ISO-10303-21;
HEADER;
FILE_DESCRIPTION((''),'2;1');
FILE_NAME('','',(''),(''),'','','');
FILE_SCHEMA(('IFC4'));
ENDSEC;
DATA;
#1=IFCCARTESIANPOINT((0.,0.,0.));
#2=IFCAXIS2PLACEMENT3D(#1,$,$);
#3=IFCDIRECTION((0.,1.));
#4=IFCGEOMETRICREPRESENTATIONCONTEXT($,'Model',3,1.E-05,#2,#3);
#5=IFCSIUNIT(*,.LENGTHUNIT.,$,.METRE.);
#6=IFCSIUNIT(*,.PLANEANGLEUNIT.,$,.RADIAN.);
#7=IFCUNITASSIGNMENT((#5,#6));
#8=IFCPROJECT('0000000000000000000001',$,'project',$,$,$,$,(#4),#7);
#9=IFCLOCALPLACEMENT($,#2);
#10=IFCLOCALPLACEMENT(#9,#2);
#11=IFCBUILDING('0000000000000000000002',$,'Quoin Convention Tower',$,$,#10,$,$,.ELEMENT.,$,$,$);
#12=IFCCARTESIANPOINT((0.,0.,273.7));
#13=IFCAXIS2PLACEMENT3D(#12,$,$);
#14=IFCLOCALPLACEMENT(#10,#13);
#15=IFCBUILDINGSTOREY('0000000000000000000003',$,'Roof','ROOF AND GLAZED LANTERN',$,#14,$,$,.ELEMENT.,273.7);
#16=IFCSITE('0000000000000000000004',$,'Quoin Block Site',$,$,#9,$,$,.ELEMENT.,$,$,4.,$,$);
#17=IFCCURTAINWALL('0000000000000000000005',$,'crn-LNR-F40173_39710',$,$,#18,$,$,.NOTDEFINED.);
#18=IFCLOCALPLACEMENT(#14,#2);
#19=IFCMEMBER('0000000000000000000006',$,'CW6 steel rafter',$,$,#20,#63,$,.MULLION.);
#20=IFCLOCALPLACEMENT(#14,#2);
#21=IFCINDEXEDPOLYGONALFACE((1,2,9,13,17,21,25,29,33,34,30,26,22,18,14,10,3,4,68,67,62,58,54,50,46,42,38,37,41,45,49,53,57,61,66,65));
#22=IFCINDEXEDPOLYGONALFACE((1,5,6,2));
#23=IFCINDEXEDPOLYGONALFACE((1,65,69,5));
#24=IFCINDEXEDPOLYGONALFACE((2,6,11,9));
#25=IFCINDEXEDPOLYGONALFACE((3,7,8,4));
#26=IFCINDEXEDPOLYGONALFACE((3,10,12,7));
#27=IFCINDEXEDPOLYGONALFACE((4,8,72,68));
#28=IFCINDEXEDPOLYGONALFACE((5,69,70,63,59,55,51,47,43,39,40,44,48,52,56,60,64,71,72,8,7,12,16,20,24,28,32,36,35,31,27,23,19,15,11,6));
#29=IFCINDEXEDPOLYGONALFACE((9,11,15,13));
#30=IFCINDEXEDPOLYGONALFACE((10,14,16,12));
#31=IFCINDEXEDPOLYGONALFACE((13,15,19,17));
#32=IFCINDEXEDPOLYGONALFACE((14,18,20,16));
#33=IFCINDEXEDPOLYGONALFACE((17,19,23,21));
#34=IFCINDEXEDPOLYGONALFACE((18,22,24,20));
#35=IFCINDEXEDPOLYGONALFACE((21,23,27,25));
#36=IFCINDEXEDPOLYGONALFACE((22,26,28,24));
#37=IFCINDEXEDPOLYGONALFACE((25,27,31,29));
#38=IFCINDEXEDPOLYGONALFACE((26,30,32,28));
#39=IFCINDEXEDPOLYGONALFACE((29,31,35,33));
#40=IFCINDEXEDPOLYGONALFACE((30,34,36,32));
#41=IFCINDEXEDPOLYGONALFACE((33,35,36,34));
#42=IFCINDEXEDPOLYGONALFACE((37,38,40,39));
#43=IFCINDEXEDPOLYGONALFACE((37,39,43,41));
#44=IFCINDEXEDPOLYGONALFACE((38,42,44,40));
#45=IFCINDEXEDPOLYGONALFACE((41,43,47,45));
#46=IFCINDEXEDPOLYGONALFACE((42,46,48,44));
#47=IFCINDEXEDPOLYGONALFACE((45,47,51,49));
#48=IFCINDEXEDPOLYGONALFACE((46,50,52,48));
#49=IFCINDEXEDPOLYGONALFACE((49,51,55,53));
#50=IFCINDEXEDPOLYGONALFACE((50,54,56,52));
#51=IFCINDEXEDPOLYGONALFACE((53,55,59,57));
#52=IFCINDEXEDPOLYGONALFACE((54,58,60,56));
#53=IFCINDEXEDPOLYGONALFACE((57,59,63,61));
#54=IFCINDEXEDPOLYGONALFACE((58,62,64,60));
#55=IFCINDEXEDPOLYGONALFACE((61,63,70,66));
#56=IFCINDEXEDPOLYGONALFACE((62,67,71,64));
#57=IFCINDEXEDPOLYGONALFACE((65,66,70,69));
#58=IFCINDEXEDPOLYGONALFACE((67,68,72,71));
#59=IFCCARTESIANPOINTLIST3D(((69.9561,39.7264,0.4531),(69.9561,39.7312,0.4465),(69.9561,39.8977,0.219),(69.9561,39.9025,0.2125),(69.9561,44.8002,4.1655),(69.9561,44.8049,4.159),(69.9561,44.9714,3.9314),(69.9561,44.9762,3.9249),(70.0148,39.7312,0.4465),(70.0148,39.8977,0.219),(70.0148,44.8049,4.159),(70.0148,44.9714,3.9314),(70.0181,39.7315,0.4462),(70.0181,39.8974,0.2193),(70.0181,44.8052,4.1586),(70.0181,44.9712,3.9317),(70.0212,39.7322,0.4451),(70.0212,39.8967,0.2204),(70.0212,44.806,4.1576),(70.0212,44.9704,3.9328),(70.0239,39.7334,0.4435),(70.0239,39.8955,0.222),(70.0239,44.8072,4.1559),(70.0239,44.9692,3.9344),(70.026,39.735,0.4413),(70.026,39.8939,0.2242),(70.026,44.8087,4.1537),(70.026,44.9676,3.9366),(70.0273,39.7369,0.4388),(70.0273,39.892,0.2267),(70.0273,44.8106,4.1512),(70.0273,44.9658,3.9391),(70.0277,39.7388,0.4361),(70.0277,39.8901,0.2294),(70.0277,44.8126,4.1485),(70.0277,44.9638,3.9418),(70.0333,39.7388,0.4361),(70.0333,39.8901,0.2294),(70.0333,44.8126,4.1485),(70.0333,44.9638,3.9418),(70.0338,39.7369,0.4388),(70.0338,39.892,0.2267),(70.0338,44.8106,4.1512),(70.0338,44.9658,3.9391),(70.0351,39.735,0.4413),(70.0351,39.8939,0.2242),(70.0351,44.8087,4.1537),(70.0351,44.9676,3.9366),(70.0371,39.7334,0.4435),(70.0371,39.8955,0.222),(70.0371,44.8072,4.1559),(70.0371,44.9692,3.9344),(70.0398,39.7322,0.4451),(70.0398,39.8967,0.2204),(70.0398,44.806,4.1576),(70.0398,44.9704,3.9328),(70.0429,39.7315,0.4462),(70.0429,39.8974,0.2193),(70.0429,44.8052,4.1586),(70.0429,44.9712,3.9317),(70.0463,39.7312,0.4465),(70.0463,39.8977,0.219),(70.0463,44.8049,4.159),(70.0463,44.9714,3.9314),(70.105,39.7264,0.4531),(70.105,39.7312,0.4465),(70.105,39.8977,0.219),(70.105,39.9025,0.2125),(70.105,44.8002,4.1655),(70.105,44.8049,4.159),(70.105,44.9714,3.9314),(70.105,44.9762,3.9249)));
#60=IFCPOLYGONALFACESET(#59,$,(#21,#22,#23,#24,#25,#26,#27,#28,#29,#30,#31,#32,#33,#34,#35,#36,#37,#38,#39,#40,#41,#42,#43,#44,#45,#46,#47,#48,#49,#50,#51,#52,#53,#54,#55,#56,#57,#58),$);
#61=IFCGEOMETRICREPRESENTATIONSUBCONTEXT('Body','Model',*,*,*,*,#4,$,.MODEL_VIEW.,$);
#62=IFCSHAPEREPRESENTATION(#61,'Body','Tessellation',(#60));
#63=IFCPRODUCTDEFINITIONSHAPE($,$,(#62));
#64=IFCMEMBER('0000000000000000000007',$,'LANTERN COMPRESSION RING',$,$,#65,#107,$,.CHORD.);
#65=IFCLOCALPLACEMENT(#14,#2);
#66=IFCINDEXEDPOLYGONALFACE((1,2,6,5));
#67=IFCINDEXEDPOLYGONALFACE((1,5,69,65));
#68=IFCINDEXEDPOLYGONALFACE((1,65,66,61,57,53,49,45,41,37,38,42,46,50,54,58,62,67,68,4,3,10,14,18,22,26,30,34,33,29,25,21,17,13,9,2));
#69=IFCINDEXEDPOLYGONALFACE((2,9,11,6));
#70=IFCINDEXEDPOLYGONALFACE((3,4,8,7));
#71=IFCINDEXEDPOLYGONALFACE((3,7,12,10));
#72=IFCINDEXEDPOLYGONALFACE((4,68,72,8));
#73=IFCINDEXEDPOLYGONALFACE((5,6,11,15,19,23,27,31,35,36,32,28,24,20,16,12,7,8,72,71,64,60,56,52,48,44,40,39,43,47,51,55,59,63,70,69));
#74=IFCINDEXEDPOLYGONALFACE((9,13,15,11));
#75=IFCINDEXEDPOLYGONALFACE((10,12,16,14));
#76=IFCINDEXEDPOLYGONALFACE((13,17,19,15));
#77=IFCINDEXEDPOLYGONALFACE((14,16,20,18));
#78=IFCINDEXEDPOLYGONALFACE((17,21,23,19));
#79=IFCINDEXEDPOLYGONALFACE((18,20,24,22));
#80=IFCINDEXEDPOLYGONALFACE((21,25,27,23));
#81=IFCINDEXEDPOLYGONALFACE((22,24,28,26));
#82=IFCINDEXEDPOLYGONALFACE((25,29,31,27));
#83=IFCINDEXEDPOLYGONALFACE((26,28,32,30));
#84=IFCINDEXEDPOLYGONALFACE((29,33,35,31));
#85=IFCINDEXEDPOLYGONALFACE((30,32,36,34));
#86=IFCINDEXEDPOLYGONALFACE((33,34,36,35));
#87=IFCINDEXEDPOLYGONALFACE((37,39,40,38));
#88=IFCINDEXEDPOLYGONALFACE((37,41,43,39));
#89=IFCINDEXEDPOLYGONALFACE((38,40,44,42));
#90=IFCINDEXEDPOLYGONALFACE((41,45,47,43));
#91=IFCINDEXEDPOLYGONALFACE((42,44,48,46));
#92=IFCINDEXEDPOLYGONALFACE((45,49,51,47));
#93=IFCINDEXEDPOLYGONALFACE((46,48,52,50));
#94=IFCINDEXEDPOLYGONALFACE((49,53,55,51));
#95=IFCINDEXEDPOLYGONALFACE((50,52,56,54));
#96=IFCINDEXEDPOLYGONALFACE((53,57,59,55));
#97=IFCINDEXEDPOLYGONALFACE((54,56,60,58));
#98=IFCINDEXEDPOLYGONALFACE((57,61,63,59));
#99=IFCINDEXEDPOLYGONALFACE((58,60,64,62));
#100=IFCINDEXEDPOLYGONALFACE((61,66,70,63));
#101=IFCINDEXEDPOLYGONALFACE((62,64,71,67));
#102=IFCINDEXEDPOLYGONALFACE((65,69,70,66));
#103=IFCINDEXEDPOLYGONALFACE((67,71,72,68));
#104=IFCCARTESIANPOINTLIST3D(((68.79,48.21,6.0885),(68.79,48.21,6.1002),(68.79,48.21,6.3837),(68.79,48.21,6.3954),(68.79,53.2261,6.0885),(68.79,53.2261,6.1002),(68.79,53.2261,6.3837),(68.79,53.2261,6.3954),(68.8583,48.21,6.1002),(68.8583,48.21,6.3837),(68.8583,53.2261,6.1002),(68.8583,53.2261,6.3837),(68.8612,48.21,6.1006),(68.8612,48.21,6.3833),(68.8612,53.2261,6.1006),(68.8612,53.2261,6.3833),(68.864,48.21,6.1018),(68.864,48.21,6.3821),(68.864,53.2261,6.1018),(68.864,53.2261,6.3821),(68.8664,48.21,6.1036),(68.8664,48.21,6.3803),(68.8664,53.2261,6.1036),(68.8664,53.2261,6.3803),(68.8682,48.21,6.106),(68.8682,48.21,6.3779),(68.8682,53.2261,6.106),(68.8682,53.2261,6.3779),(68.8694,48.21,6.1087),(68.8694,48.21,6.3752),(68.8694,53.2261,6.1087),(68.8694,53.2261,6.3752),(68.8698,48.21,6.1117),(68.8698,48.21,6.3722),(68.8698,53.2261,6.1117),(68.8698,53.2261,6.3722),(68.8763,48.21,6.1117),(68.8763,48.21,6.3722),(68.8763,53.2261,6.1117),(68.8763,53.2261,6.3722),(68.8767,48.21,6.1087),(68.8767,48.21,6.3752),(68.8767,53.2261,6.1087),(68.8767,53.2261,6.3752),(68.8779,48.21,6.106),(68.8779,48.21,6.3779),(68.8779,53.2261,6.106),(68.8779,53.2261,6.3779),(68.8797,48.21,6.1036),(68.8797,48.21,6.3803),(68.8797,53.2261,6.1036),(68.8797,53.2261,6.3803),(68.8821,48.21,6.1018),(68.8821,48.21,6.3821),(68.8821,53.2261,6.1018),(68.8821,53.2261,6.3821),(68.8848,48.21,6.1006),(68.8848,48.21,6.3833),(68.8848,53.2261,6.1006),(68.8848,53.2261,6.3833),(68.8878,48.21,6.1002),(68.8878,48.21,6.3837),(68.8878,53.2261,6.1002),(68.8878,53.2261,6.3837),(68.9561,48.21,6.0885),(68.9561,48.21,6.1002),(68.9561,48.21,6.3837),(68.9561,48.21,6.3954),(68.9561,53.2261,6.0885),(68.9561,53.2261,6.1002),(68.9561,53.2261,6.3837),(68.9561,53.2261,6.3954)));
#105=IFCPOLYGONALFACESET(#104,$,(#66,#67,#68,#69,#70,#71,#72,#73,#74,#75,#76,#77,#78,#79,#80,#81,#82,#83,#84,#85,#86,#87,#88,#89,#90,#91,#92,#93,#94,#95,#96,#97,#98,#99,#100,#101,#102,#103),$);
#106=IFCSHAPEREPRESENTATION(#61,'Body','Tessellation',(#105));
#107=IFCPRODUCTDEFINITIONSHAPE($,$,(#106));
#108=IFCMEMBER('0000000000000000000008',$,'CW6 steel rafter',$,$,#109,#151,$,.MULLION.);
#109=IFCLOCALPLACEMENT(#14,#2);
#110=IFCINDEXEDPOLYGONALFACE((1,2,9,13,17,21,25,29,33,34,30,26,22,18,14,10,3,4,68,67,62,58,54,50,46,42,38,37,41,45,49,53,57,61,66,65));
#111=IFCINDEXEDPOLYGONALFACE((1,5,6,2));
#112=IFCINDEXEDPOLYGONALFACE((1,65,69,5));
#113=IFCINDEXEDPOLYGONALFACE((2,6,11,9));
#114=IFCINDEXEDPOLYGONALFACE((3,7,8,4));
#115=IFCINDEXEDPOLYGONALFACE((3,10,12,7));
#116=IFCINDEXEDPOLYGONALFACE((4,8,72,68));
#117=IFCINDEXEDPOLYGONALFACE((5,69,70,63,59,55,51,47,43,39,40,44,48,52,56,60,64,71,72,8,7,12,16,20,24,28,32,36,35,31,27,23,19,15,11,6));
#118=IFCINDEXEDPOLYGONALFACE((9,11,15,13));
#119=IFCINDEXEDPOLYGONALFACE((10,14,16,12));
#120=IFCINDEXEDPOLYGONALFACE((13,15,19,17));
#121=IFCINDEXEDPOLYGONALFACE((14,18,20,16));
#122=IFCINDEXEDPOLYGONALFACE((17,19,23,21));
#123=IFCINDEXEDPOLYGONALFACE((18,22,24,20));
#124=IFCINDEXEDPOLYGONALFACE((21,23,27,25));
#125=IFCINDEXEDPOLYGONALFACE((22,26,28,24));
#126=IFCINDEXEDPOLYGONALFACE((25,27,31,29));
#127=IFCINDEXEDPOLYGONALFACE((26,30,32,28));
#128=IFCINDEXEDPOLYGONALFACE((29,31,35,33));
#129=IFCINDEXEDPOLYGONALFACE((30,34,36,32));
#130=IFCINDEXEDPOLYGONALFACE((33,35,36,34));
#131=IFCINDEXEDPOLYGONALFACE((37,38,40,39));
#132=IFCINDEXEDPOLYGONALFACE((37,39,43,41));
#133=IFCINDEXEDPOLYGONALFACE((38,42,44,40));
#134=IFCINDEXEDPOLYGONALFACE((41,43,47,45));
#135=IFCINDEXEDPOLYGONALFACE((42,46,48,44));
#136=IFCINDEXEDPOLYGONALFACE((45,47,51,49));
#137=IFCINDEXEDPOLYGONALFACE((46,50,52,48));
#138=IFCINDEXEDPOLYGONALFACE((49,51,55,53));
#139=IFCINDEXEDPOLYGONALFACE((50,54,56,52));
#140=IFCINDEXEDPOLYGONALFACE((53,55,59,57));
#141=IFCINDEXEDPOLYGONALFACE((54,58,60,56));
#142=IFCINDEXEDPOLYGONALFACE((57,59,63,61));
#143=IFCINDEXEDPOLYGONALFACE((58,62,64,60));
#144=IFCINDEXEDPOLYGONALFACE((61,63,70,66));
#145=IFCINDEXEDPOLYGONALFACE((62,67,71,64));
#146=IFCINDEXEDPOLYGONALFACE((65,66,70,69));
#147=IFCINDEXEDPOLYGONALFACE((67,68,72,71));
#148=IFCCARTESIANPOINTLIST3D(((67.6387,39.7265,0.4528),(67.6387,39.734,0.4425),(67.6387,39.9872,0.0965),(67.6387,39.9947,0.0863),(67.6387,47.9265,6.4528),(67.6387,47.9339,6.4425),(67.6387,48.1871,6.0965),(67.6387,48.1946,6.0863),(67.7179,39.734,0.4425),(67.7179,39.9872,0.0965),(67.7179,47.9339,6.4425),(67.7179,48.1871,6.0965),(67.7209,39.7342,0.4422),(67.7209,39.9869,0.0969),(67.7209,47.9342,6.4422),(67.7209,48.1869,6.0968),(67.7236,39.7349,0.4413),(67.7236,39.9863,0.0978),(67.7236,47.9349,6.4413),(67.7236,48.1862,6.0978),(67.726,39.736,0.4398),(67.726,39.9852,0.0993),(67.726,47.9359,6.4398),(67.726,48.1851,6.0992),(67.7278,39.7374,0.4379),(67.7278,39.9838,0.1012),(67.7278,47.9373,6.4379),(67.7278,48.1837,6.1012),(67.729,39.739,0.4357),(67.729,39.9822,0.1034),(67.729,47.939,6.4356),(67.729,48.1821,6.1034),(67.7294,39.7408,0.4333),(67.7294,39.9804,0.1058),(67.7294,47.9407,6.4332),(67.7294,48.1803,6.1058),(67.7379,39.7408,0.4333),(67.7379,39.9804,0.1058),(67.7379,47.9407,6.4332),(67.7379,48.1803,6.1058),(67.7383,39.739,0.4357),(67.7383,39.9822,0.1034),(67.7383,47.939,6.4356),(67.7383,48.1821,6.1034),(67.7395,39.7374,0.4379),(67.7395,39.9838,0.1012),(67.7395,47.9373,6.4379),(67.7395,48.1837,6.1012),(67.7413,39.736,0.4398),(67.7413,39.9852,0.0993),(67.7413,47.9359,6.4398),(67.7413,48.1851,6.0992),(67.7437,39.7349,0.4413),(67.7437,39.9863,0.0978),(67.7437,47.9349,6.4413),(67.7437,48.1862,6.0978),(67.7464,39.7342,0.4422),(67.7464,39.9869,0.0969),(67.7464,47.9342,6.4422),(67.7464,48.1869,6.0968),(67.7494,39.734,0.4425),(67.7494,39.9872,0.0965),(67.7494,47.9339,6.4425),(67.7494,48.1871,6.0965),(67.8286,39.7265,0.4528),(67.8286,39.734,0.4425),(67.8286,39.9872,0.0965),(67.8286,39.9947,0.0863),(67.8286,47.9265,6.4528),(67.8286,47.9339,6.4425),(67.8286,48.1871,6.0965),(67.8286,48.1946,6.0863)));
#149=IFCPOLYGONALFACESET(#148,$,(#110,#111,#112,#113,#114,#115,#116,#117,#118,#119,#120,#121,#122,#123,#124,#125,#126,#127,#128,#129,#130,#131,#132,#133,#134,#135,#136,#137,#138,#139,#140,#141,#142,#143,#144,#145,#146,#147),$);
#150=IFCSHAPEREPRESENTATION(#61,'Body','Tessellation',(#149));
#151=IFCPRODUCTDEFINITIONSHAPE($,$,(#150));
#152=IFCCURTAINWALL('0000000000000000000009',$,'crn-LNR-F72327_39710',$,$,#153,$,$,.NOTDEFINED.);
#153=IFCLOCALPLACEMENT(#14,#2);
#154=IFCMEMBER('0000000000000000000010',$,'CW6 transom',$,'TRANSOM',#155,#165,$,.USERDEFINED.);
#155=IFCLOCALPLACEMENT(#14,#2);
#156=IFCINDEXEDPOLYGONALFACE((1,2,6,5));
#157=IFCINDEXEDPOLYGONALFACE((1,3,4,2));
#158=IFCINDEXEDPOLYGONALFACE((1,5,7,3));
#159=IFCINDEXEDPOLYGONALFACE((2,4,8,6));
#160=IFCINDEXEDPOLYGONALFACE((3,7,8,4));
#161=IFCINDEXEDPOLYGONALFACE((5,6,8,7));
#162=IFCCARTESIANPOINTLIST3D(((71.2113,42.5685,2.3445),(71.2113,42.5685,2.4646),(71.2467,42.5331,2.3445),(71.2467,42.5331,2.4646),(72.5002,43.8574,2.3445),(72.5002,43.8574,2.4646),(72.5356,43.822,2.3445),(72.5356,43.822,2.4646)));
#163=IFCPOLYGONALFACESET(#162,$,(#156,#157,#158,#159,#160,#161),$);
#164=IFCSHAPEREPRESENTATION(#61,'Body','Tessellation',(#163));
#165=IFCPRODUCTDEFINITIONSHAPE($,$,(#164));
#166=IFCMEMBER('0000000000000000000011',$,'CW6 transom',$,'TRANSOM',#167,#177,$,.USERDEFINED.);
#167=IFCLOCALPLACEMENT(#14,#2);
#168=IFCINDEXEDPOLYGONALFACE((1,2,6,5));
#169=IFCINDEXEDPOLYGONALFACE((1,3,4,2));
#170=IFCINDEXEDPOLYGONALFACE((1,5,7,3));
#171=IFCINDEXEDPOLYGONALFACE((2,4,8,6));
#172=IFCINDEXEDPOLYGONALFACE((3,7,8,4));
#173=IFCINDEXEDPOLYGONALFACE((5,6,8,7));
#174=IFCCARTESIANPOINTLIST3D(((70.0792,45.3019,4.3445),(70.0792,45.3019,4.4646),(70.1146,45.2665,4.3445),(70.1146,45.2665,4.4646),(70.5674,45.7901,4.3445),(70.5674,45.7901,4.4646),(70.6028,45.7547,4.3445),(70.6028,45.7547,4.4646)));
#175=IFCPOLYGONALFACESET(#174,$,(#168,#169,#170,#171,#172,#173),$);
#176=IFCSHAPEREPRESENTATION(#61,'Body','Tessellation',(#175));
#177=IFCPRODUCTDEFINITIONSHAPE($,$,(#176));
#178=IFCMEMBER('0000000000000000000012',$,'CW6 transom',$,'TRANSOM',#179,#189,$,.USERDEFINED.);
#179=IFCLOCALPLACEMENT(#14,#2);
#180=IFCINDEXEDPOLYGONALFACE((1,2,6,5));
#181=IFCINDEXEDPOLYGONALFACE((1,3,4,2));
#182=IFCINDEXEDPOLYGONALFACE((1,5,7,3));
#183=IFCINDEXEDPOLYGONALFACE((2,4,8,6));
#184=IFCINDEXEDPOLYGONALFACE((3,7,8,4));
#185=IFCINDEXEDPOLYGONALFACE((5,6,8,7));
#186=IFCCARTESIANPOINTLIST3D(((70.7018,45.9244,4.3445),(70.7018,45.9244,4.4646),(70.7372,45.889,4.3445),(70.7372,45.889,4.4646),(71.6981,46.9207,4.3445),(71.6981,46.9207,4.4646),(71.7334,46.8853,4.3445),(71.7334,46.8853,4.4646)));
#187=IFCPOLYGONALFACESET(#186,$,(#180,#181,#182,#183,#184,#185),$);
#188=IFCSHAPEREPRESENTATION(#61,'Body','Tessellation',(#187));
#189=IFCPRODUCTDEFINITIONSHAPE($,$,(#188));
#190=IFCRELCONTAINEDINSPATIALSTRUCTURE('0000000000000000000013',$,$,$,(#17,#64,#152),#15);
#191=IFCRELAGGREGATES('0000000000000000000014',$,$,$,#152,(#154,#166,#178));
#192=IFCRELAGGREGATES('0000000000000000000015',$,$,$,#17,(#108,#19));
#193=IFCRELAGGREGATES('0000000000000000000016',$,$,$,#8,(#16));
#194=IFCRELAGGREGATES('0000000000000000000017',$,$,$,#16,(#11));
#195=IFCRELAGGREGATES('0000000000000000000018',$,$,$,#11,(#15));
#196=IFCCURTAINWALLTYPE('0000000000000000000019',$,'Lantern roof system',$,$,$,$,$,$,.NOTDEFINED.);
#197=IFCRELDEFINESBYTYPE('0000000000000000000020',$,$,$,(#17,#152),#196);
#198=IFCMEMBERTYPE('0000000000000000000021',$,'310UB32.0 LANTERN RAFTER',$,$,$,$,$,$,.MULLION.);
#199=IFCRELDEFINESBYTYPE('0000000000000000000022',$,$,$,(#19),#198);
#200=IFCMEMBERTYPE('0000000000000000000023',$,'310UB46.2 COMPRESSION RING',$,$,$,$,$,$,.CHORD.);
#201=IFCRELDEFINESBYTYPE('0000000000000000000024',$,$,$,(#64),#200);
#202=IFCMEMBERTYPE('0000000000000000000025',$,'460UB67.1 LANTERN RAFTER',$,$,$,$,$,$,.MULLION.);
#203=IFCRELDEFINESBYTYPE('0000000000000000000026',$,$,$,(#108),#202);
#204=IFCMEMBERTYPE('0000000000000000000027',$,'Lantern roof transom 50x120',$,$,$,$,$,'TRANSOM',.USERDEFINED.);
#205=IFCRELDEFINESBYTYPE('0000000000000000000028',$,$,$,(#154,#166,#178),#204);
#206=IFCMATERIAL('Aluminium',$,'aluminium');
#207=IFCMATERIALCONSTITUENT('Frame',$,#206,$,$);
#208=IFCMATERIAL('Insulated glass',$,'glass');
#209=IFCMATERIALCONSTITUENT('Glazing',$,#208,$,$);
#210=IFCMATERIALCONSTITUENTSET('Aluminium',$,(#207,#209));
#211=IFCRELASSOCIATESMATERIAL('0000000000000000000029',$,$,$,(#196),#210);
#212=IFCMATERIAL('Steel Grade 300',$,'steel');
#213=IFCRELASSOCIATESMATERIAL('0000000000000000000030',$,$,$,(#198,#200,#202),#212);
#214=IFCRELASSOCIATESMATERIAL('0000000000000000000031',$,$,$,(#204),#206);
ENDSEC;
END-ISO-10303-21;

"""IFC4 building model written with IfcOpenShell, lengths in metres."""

from ifc_helpers import new_model, si_unit, direction, frame, origin, origin_2d, place, context, subcontext, project, spatial, rectangle, i_section, extrude, material, constituent, constituent_set, material_profile, profile_set, type_object, element, aggregate, save


model = new_model("IFC4")

# Units and contexts
model_context = context("Model", 3, precision=1e-05, world=origin(), true_north=direction((0.0, 1.0)))
body_context = subcontext(model_context, "Body", "Model", "MODEL_VIEW")
ifc_project = project(units=[si_unit("LENGTHUNIT", "METRE"), si_unit("PLANEANGLEUNIT", "RADIAN")], contexts=[model_context])

# Site, building, storey
site_placement = place(None, origin())
site = spatial("IfcSite", under=ifc_project, at=site_placement, Name="Quoin Block Site", CompositionType="ELEMENT", RefElevation=4.0)
building_placement = place(site_placement, origin())
building = spatial("IfcBuilding", under=site, at=building_placement, Name="Quoin Convention Tower", CompositionType="ELEMENT")
storey_placement = place(building_placement, frame((0.0, 0.0, 273.7)))
storey = spatial("IfcBuildingStorey", under=building, at=storey_placement, Name="Roof", Description="ROOF AND GLAZED LANTERN", CompositionType="ELEMENT", Elevation=273.7)

# Curtain wall, member
ifc_material_1 = material(Name="Aluminium", Category="aluminium")
ifc_constituent_1 = constituent(ifc_material_1, Name="Frame")
ifc_material_2 = material(Name="Insulated glass", Category="glass")
ifc_constituent_2 = constituent(ifc_material_2, Name="Glazing")
ifc_constituent_set = constituent_set(constituents=[ifc_constituent_1, ifc_constituent_2], Name="Aluminium")
curtain_wall_type = type_object("IfcCurtainWallType", Name="Lantern roof system", PredefinedType="NOTDEFINED", material=ifc_constituent_set)
curtain_wall_1_placement = place(storey_placement, origin())
curtain_wall_1 = element("IfcCurtainWall", 1, at=curtain_wall_1_placement, inside=storey, type_object=curtain_wall_type, Name="crn-LNR-F40173_39710", PredefinedType="NOTDEFINED")
ifc_material_3 = material(Name="Steel Grade 300", Category="steel")
ifc_material_profile_1 = material_profile(ifc_material_3, i_section(OverallWidth=0.1489, OverallDepth=0.2981, WebThickness=0.0056, FlangeThickness=0.0081, FilletRadius=0.0129, at=origin_2d()), Name="310UB32.0")
ifc_profile_set_1 = profile_set([ifc_material_profile_1], Name="Steel Grade 300")
member_type_1 = type_object("IfcMemberType", Name="310UB32.0 LANTERN RAFTER", PredefinedType="MULLION", material=ifc_profile_set_1)
member_1_placement = place(storey_placement, frame((70.0305, 39.8145, 0.3328), z_axis=(0.0, 0.807037, 0.590501), x_axis=(-1.0, 0.0, 0.0)))
member_1 = element("IfcMember", 2, at=member_1_placement, type_object=member_type_1, Name="CW6 steel rafter", PredefinedType="MULLION", context=body_context, shape_type="SweptSolid", body=[
    extrude(i_section(OverallWidth=0.1489, OverallDepth=0.2981, WebThickness=0.0056, FlangeThickness=0.0081, FilletRadius=0.0129, at=origin_2d()), origin(), (0.0, 0.0, 1.0), 6.2869),
])

# Members
ifc_material_profile_2 = material_profile(ifc_material_3, i_section(OverallWidth=0.166, OverallDepth=0.3069, WebThickness=0.0066, FlangeThickness=0.0117, FilletRadius=0.0115, at=origin_2d()), Name="310UB46.2")
ifc_profile_set_2 = profile_set([ifc_material_profile_2], Name="Steel Grade 300")
member_type_2 = type_object("IfcMemberType", Name="310UB46.2 COMPRESSION RING", PredefinedType="CHORD", material=ifc_profile_set_2)
member_2_placement = place(storey_placement, frame((68.873, 48.21, 6.2419), z_axis=(0.0, 1.0, 0.0), x_axis=(-1.0, 0.0, 0.0)))
element("IfcMember", 3, at=member_2_placement, inside=storey, type_object=member_type_2, Name="LANTERN COMPRESSION RING", PredefinedType="CHORD", context=body_context, shape_type="SweptSolid", body=[
    extrude(i_section(OverallWidth=0.166, OverallDepth=0.3069, WebThickness=0.0066, FlangeThickness=0.0117, FilletRadius=0.0115, at=origin_2d()), origin(), (0.0, 0.0, 1.0), 5.0161),
])
ifc_material_profile_3 = material_profile(ifc_material_3, i_section(OverallWidth=0.1899, OverallDepth=0.4541, WebThickness=0.0085, FlangeThickness=0.0127, FilletRadius=0.0115, at=origin_2d()), Name="460UB67.1")
ifc_profile_set_3 = profile_set([ifc_material_profile_3], Name="Steel Grade 300")
member_type_3 = type_object("IfcMemberType", Name="460UB67.1 LANTERN RAFTER", PredefinedType="MULLION", material=ifc_profile_set_3)
member_3_placement = place(storey_placement, frame((67.7336, 39.8606, 0.2695), z_axis=(0.0, 0.807029, 0.590512), x_axis=(-1.0, 0.0, 0.0)))
member_3 = element("IfcMember", 4, at=member_3_placement, type_object=member_type_3, Name="CW6 steel rafter", PredefinedType="MULLION", context=body_context, shape_type="SweptSolid", body=[
    extrude(i_section(OverallWidth=0.1899, OverallDepth=0.4541, WebThickness=0.0085, FlangeThickness=0.0127, FilletRadius=0.0115, at=origin_2d()), origin(), (0.0, 0.0, 1.0), 10.1606),
])

# Curtain wall, members
curtain_wall_2_placement = place(storey_placement, origin())
curtain_wall_2 = element("IfcCurtainWall", 5, at=curtain_wall_2_placement, inside=storey, type_object=curtain_wall_type, Name="crn-LNR-F72327_39710", PredefinedType="NOTDEFINED")
ifc_material_profile_4 = material_profile(ifc_material_1, rectangle(XDim=0.1201, YDim=0.05, at=origin_2d()), Name="Lantern roof transom 50x120")
ifc_profile_set_4 = profile_set([ifc_material_profile_4], Name="Aluminium")
member_type_4 = type_object("IfcMemberType", Name="Lantern roof transom 50x120", ElementType="TRANSOM", PredefinedType="USERDEFINED", material=ifc_profile_set_4)
member_4_placement = place(storey_placement, frame((71.229, 42.5508, 2.4045), z_axis=(0.707107, 0.707107, 0.0), x_axis=(0.0, 0.0, 1.0)))
member_4 = element("IfcMember", 6, at=member_4_placement, type_object=member_type_4, Name="CW6 transom", ObjectType="TRANSOM", PredefinedType="USERDEFINED", context=body_context, shape_type="SweptSolid", body=[
    extrude(rectangle(XDim=0.1201, YDim=0.05, at=origin_2d()), origin(), (0.0, 0.0, 1.0), 1.8228),
])
member_5_placement = place(storey_placement, frame((70.0969, 45.2842, 4.4045), z_axis=(0.707107, 0.707107, 0.0), x_axis=(0.0, 0.0, 1.0)))
member_5 = element("IfcMember", 7, at=member_5_placement, type_object=member_type_4, Name="CW6 transom", ObjectType="TRANSOM", PredefinedType="USERDEFINED", context=body_context, shape_type="SweptSolid", body=[
    extrude(rectangle(XDim=0.1201, YDim=0.05, at=origin_2d()), origin(), (0.0, 0.0, 1.0), 0.6904),
])
member_6_placement = place(storey_placement, frame((70.7195, 45.9067, 4.4045), z_axis=(0.707107, 0.707107, 0.0), x_axis=(0.0, 0.0, 1.0)))
member_6 = element("IfcMember", 8, at=member_6_placement, type_object=member_type_4, Name="CW6 transom", ObjectType="TRANSOM", PredefinedType="USERDEFINED", context=body_context, shape_type="SweptSolid", body=[
    extrude(rectangle(XDim=0.1201, YDim=0.05, at=origin_2d()), origin(), (0.0, 0.0, 1.0), 1.4089),
])

aggregate(curtain_wall_2, [member_4, member_5, member_6])
aggregate(curtain_wall_1, [member_3, member_1])

save(model, "model.ifc")
